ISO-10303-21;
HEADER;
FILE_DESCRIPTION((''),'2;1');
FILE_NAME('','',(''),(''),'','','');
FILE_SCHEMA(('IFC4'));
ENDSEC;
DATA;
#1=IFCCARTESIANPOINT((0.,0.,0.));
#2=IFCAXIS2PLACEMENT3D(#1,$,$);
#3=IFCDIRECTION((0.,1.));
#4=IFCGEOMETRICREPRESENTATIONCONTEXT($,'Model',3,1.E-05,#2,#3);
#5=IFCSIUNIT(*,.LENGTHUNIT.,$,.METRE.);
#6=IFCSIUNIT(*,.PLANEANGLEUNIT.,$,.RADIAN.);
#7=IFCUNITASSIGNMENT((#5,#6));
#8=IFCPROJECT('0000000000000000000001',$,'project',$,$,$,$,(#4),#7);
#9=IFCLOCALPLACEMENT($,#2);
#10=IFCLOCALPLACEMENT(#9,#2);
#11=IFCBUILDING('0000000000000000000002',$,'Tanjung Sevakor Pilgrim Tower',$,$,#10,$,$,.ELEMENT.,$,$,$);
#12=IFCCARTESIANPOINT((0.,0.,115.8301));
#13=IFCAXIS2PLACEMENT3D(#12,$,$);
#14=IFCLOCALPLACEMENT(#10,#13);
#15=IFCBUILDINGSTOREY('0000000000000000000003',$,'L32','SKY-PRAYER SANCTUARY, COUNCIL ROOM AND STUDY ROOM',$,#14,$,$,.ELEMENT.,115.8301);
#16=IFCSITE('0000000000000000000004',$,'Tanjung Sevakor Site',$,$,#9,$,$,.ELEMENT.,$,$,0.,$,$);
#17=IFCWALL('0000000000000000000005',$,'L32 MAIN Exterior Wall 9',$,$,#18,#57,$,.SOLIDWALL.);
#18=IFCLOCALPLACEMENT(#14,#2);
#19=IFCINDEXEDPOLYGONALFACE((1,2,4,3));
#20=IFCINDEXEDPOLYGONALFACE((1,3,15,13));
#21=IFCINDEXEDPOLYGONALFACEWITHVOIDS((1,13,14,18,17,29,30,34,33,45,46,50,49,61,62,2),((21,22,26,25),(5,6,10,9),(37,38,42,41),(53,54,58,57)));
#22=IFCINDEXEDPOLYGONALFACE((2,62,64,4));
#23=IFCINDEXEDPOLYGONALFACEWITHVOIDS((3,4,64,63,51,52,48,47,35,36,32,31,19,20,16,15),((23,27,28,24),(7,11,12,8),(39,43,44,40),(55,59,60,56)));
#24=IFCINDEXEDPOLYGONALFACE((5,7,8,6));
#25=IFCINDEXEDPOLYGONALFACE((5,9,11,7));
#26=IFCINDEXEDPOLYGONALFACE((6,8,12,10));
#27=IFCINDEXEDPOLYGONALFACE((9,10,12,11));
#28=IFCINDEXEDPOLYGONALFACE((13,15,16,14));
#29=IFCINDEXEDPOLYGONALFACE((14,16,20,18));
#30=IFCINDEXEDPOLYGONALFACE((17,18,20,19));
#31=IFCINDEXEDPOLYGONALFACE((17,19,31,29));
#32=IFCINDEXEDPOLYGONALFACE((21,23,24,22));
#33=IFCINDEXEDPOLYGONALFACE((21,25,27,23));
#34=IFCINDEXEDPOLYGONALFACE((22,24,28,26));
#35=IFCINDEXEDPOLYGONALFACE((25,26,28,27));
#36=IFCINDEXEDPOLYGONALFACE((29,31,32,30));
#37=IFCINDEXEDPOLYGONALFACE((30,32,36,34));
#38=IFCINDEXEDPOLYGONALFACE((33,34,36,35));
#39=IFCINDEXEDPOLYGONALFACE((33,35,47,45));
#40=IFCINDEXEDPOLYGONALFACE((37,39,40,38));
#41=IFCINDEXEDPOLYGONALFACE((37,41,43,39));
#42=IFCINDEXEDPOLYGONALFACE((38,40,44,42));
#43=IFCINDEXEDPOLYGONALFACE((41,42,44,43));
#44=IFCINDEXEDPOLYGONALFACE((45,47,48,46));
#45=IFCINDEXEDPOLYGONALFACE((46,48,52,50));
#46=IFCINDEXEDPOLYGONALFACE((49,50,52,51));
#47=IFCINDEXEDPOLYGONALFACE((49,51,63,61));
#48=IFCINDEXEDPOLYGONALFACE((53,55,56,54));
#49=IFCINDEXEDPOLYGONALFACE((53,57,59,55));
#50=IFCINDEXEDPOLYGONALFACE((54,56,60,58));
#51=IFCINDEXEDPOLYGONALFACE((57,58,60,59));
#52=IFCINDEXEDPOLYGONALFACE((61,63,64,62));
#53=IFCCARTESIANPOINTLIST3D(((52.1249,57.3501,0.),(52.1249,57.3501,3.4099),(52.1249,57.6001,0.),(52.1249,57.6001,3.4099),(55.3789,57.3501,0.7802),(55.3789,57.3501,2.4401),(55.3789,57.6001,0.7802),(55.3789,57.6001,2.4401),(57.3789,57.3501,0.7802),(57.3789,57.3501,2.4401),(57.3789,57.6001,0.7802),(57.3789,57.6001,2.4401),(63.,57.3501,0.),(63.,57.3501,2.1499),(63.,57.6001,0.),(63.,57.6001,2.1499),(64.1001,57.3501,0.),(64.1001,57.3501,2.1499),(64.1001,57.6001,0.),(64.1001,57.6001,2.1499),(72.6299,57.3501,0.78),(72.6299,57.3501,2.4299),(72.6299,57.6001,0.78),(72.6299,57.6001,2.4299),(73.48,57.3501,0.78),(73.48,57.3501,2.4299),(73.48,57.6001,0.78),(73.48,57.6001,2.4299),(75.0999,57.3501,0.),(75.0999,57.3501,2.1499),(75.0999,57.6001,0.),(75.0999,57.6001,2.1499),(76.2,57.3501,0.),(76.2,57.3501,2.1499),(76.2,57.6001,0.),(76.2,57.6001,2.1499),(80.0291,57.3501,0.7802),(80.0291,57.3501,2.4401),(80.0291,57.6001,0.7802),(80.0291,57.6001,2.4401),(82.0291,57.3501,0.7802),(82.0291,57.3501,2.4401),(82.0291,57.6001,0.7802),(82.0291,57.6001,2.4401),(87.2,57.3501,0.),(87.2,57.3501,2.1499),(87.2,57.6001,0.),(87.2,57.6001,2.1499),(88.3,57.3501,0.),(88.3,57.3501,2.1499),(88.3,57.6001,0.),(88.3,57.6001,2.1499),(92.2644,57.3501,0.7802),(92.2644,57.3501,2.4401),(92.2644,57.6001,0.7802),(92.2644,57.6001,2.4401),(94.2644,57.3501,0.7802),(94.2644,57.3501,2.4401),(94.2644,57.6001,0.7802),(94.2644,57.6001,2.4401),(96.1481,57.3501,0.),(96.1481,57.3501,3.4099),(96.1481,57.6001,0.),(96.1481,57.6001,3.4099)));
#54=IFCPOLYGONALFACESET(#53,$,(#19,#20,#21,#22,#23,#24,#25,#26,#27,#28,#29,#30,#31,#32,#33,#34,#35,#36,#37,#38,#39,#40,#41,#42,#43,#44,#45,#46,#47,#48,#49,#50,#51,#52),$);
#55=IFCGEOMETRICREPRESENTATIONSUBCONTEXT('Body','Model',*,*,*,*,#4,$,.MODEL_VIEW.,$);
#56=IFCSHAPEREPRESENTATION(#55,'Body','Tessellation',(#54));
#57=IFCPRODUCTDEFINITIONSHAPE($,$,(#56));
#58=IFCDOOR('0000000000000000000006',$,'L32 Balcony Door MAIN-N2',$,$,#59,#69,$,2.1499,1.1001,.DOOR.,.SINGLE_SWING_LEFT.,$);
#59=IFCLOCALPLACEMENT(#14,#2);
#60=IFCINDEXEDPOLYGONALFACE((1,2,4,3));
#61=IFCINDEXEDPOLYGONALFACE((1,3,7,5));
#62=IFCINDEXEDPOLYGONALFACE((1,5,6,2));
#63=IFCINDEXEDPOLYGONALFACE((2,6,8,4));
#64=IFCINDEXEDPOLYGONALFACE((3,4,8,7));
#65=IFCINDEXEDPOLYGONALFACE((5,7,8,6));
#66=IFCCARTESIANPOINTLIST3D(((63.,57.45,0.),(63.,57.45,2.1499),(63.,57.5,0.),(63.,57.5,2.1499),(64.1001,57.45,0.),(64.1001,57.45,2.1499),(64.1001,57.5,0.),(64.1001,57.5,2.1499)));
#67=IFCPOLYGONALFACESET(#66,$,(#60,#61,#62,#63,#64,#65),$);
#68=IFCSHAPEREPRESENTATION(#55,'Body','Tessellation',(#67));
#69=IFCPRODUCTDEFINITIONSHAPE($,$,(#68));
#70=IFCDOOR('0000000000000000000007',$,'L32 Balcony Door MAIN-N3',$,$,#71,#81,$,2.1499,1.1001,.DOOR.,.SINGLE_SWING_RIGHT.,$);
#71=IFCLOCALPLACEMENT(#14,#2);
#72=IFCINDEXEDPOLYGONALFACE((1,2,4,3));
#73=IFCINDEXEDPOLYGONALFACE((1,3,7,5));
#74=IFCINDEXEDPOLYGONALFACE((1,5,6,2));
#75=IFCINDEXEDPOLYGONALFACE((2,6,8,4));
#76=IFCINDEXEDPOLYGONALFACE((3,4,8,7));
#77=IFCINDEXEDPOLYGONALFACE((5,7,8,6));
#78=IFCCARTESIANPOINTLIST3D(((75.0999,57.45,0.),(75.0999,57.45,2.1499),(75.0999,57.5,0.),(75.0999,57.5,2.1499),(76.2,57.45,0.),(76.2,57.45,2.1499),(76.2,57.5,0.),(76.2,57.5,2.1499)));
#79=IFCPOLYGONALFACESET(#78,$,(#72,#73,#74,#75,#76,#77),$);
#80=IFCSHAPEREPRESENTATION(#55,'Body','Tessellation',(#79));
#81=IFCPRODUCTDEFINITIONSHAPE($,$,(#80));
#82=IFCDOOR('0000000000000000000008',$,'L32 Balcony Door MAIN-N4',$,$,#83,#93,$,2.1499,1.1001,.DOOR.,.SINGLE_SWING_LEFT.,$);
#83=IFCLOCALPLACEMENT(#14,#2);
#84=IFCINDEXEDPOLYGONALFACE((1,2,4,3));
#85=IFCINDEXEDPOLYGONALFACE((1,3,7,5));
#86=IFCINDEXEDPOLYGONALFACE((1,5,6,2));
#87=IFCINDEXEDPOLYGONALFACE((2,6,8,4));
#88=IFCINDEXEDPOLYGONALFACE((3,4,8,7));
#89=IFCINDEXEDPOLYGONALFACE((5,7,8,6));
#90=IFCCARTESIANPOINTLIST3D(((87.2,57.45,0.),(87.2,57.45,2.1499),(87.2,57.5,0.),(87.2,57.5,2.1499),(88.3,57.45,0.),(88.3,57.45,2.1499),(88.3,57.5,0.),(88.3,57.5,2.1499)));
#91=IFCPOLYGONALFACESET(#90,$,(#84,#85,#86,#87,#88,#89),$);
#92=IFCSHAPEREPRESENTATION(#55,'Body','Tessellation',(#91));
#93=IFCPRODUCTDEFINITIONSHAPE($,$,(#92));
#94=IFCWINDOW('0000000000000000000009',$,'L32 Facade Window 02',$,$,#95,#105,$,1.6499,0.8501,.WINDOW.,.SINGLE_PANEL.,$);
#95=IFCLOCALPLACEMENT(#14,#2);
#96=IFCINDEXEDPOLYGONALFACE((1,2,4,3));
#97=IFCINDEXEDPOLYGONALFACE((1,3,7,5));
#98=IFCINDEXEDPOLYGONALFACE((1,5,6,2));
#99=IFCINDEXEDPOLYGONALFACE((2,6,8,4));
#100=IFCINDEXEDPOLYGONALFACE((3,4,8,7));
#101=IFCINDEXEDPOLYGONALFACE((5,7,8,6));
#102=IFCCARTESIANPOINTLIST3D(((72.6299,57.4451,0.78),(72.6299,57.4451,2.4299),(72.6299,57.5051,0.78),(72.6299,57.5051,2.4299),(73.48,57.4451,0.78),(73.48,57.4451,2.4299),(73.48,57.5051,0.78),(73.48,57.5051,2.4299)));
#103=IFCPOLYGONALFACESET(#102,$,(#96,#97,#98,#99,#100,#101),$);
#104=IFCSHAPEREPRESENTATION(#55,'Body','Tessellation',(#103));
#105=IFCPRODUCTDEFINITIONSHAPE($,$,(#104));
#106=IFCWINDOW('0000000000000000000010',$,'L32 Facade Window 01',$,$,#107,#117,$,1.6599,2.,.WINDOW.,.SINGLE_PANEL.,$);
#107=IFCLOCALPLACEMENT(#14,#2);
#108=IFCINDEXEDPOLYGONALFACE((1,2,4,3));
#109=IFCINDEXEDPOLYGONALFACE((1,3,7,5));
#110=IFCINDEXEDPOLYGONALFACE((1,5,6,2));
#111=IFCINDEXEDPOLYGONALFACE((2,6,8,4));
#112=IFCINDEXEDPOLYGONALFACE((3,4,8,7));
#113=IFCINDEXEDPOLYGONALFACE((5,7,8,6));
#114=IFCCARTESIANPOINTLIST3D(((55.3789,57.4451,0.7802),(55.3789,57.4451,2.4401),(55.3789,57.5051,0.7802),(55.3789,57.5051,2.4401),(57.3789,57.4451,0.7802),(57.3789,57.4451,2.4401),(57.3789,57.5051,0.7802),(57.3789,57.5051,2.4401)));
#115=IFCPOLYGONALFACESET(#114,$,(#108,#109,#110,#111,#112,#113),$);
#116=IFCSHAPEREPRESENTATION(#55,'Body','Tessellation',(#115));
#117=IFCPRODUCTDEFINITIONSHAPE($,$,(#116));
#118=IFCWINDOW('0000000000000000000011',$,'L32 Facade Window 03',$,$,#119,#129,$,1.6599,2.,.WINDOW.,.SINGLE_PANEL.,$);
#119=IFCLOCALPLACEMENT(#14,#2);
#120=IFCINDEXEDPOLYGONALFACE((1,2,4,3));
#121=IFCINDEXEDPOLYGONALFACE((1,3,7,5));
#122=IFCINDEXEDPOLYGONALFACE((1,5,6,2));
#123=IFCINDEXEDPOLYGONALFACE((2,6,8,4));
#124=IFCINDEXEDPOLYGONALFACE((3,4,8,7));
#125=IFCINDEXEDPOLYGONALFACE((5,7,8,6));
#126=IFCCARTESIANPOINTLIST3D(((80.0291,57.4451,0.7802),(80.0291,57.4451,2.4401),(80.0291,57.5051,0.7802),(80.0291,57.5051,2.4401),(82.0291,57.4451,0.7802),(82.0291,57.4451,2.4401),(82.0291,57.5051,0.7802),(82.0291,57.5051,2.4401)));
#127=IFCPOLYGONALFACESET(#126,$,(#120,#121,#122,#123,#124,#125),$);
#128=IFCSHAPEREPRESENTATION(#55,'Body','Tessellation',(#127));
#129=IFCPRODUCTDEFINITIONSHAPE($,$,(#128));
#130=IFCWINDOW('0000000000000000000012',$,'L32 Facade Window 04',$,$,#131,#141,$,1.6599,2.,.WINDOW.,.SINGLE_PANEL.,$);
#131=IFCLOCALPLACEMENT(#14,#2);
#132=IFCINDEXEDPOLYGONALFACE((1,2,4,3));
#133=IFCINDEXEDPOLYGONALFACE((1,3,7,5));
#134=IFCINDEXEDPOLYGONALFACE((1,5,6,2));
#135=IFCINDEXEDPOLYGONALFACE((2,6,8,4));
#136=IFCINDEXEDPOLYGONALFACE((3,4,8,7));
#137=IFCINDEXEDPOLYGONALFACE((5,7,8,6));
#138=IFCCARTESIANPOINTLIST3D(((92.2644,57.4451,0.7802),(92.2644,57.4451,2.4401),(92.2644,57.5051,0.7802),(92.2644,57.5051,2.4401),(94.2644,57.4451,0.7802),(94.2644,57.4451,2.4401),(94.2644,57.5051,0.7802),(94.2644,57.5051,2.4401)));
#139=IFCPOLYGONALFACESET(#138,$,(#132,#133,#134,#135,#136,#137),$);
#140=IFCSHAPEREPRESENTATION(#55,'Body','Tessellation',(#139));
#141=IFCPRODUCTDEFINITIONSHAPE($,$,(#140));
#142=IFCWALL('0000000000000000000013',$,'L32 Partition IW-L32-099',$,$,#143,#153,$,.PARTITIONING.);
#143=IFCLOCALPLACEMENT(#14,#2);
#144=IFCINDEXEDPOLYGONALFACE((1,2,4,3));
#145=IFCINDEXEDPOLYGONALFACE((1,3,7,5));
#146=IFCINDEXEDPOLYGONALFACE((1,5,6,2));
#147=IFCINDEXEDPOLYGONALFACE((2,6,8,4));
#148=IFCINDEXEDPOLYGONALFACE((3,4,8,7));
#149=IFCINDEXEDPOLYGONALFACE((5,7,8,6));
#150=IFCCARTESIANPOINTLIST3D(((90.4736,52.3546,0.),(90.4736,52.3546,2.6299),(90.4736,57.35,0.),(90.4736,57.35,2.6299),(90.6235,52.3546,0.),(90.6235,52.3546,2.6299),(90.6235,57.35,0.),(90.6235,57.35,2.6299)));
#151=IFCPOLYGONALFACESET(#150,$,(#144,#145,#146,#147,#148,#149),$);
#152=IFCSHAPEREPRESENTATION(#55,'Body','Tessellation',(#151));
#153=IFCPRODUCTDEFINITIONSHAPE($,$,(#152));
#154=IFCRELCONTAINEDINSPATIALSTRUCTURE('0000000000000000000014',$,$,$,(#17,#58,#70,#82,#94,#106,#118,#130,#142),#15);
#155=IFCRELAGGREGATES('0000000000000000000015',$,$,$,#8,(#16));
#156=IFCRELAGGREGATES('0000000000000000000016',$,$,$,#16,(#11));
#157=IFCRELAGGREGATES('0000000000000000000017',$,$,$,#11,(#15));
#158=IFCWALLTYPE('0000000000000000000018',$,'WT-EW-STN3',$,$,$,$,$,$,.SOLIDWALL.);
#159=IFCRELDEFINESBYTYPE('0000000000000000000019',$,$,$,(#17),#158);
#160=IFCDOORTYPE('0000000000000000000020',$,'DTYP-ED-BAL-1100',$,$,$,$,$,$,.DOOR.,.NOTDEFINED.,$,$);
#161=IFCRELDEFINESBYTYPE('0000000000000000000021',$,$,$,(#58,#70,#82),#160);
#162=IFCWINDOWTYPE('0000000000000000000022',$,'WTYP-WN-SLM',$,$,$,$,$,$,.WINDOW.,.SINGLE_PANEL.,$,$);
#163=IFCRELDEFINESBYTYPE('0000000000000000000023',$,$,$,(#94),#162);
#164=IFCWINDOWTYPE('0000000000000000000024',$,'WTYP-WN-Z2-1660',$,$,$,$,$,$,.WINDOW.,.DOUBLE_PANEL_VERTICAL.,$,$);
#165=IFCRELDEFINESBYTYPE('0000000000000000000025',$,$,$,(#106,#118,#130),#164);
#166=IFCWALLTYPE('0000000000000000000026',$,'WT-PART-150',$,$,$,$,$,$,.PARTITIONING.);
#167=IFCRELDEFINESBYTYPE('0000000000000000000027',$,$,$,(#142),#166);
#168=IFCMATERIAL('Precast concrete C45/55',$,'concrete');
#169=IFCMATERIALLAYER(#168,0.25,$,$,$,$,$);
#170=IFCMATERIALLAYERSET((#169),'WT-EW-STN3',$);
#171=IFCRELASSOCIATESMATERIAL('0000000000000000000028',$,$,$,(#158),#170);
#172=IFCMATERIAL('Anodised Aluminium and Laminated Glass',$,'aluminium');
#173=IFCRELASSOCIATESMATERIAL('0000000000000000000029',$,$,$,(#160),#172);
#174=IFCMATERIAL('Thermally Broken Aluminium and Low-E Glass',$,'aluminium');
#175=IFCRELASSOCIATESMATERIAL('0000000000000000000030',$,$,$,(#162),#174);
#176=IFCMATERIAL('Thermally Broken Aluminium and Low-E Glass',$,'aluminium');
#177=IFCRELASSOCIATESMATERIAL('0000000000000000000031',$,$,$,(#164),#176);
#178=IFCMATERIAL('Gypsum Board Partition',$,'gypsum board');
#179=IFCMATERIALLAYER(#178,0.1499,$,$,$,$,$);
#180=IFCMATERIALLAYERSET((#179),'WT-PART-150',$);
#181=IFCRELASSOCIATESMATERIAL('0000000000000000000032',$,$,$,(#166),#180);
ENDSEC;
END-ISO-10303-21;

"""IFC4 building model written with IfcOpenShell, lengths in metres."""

from ifc_helpers import new_model, si_unit, direction, frame, frame_2d, origin, place, context, subcontext, project, spatial, rectangle, extrude, material, layer, layer_set, type_object, element, fill, save


model = new_model("IFC4")

# Units and contexts
model_context = context("Model", 3, precision=1e-05, world=origin(), true_north=direction((0.0, 1.0)))
body_context = subcontext(model_context, "Body", "Model", "MODEL_VIEW")
ifc_project = project(units=[si_unit("LENGTHUNIT", "METRE"), si_unit("PLANEANGLEUNIT", "RADIAN")], contexts=[model_context])

# Site, building, storey
site_placement = place(None, origin())
site = spatial("IfcSite", under=ifc_project, at=site_placement, Name="Tanjung Sevakor Site", CompositionType="ELEMENT", RefElevation=0.0)
building_placement = place(site_placement, origin())
building = spatial("IfcBuilding", under=site, at=building_placement, Name="Tanjung Sevakor Pilgrim Tower", CompositionType="ELEMENT")
storey_placement = place(building_placement, frame((0.0, 0.0, 115.8301)))
storey = spatial("IfcBuildingStorey", under=building, at=storey_placement, Name="L32", Description="SKY-PRAYER SANCTUARY, COUNCIL ROOM AND STUDY ROOM", CompositionType="ELEMENT", Elevation=115.8301)

# Shared definitions
ifc_material_1 = material(Name="Precast concrete C45/55", Category="concrete")
ifc_layer_1 = layer(ifc_material_1, 0.25)
ifc_layer_set_1 = layer_set([ifc_layer_1], Name="WT-EW-STN3")
wall_type_1 = type_object("IfcWallType", Name="WT-EW-STN3", PredefinedType="SOLIDWALL", material=ifc_layer_set_1)

# Wall, openings, doors, windows
wall_1_placement = place(storey_placement, frame((96.1482, 57.4751, 0.0), z_axis=(0.0, 0.0, 1.0), x_axis=(-1.0, 0.0, 0.0)))
wall_1 = element("IfcWall", 1, at=wall_1_placement, inside=storey, type_object=wall_type_1, Name="L32 MAIN Exterior Wall 9", PredefinedType="SOLIDWALL", context=body_context, shape_type="SweptSolid", body=[
    extrude(rectangle(XDim=44.0232, YDim=0.25, at=frame_2d((22.0117, 0.0))), origin(), (0.0, 0.0, 1.0), 3.4099),
])
opening_1_placement = place(wall_1_placement, frame((32.0481, 0.0, 0.0)))
opening_1 = element("IfcOpeningElement", 2, at=opening_1_placement, cuts=wall_1, PredefinedType="OPENING", context=body_context, shape_type="SweptSolid", body=[
    extrude(rectangle(XDim=1.1001, YDim=2.1499, at=frame_2d((0.55, 1.075))), frame((0.0, 0.135, 0.0), z_axis=(0.0, -1.0, 0.0), x_axis=(1.0, 0.0, 0.0)), (0.0, 0.0, 1.0), 0.27),
])
opening_2_placement = place(wall_1_placement, frame((19.9482, 0.0, 0.0)))
opening_2 = element("IfcOpeningElement", 3, at=opening_2_placement, cuts=wall_1, PredefinedType="OPENING", context=body_context, shape_type="SweptSolid", body=[
    extrude(rectangle(XDim=1.1001, YDim=2.1499, at=frame_2d((0.55, 1.075))), frame((0.0, 0.135, 0.0), z_axis=(0.0, -1.0, 0.0), x_axis=(1.0, 0.0, 0.0)), (0.0, 0.0, 1.0), 0.27),
])
opening_3_placement = place(wall_1_placement, frame((7.8481, 0.0, 0.0)))
opening_3 = element("IfcOpeningElement", 4, at=opening_3_placement, cuts=wall_1, PredefinedType="OPENING", context=body_context, shape_type="SweptSolid", body=[
    extrude(rectangle(XDim=1.1001, YDim=2.1499, at=frame_2d((0.55, 1.075))), frame((0.0, 0.135, 0.0), z_axis=(0.0, -1.0, 0.0), x_axis=(1.0, 0.0, 0.0)), (0.0, 0.0, 1.0), 0.27),
])
opening_4_placement = place(wall_1_placement, frame((38.7693, 0.0, 0.78)))
opening_4 = element("IfcOpeningElement", 5, at=opening_4_placement, cuts=wall_1, PredefinedType="OPENING", context=body_context, shape_type="SweptSolid", body=[
    extrude(rectangle(XDim=2.0, YDim=1.6599, at=frame_2d((1.0, 0.8301))), frame((0.0, 0.135, 0.0), z_axis=(0.0, -1.0, 0.0), x_axis=(1.0, 0.0, 0.0)), (0.0, 0.0, 1.0), 0.27),
])
opening_5_placement = place(wall_1_placement, frame((22.6682, 0.0, 0.78)))
opening_5 = element("IfcOpeningElement", 6, at=opening_5_placement, cuts=wall_1, PredefinedType="OPENING", context=body_context, shape_type="SweptSolid", body=[
    extrude(rectangle(XDim=0.8501, YDim=1.6499, at=frame_2d((0.425, 0.825))), frame((0.0, 0.135, 0.0), z_axis=(0.0, -1.0, 0.0), x_axis=(1.0, 0.0, 0.0)), (0.0, 0.0, 1.0), 0.27),
])
opening_6_placement = place(wall_1_placement, frame((14.1191, 0.0, 0.78)))
opening_6 = element("IfcOpeningElement", 7, at=opening_6_placement, cuts=wall_1, PredefinedType="OPENING", context=body_context, shape_type="SweptSolid", body=[
    extrude(rectangle(XDim=2.0, YDim=1.6599, at=frame_2d((1.0, 0.8301))), frame((0.0, 0.135, 0.0), z_axis=(0.0, -1.0, 0.0), x_axis=(1.0, 0.0, 0.0)), (0.0, 0.0, 1.0), 0.27),
])
opening_7_placement = place(wall_1_placement, frame((1.8838, 0.0, 0.78)))
opening_7 = element("IfcOpeningElement", 8, at=opening_7_placement, cuts=wall_1, PredefinedType="OPENING", context=body_context, shape_type="SweptSolid", body=[
    extrude(rectangle(XDim=2.0, YDim=1.6599, at=frame_2d((1.0, 0.8301))), frame((0.0, 0.135, 0.0), z_axis=(0.0, -1.0, 0.0), x_axis=(1.0, 0.0, 0.0)), (0.0, 0.0, 1.0), 0.27),
])
ifc_material_2 = material(Name="Anodised Aluminium and Laminated Glass", Category="aluminium")
door_type = type_object("IfcDoorType", Name="DTYP-ED-BAL-1100", OperationType="NOTDEFINED", PredefinedType="DOOR", material=ifc_material_2)
door_1_placement = place(opening_1_placement, frame((1.1001, 0.0, 0.0), z_axis=(0.0, 0.0, 1.0), x_axis=(-1.0, 0.0, 0.0)))
door_1 = element("IfcDoor", 9, at=door_1_placement, inside=storey, type_object=door_type, Name="L32 Balcony Door MAIN-N2", OperationType="SINGLE_SWING_LEFT", OverallHeight=2.1499, OverallWidth=1.1001, PredefinedType="DOOR", context=body_context, shape_type="SweptSolid", body=[
    extrude(rectangle(XDim=1.1001, YDim=2.1499, at=frame_2d((0.55, 1.075))), frame((0.0, 0.0249, 0.0), z_axis=(0.0, -1.0, 0.0), x_axis=(1.0, 0.0, 0.0)), (0.0, 0.0, 1.0), 0.05),
])
fill(opening_1, door_1)
door_2_placement = place(opening_2_placement, frame((1.1001, 0.0, 0.0), z_axis=(0.0, 0.0, 1.0), x_axis=(-1.0, 0.0, 0.0)))
door_2 = element("IfcDoor", 10, at=door_2_placement, inside=storey, type_object=door_type, Name="L32 Balcony Door MAIN-N3", OperationType="SINGLE_SWING_RIGHT", OverallHeight=2.1499, OverallWidth=1.1001, PredefinedType="DOOR", context=body_context, shape_type="SweptSolid", body=[
    extrude(rectangle(XDim=1.1001, YDim=2.1499, at=frame_2d((0.55, 1.075))), frame((0.0, 0.0249, 0.0), z_axis=(0.0, -1.0, 0.0), x_axis=(1.0, 0.0, 0.0)), (0.0, 0.0, 1.0), 0.05),
])
fill(opening_2, door_2)
door_3_placement = place(opening_3_placement, frame((1.1001, 0.0, 0.0), z_axis=(0.0, 0.0, 1.0), x_axis=(-1.0, 0.0, 0.0)))
door_3 = element("IfcDoor", 11, at=door_3_placement, inside=storey, type_object=door_type, Name="L32 Balcony Door MAIN-N4", OperationType="SINGLE_SWING_LEFT", OverallHeight=2.1499, OverallWidth=1.1001, PredefinedType="DOOR", context=body_context, shape_type="SweptSolid", body=[
    extrude(rectangle(XDim=1.1001, YDim=2.1499, at=frame_2d((0.55, 1.075))), frame((0.0, 0.0249, 0.0), z_axis=(0.0, -1.0, 0.0), x_axis=(1.0, 0.0, 0.0)), (0.0, 0.0, 1.0), 0.05),
])
fill(opening_3, door_3)
ifc_material_3 = material(Name="Thermally Broken Aluminium and Low-E Glass", Category="aluminium")
window_type_1 = type_object("IfcWindowType", Name="WTYP-WN-SLM", PartitioningType="SINGLE_PANEL", PredefinedType="WINDOW", material=ifc_material_3)
window_1_placement = place(opening_5_placement, origin())
window_1 = element("IfcWindow", 12, at=window_1_placement, inside=storey, type_object=window_type_1, Name="L32 Facade Window 02", OverallHeight=1.6499, OverallWidth=0.8501, PartitioningType="SINGLE_PANEL", PredefinedType="WINDOW", context=body_context, shape_type="SweptSolid", body=[
    extrude(rectangle(XDim=0.8501, YDim=1.6499, at=frame_2d((0.425, 0.825))), frame((0.0, 0.03, 0.0), z_axis=(0.0, -1.0, 0.0), x_axis=(1.0, 0.0, 0.0)), (0.0, 0.0, 1.0), 0.0601),
])
fill(opening_5, window_1)
ifc_material_4 = material(Name="Thermally Broken Aluminium and Low-E Glass", Category="aluminium")
window_type_2 = type_object("IfcWindowType", Name="WTYP-WN-Z2-1660", PartitioningType="DOUBLE_PANEL_VERTICAL", PredefinedType="WINDOW", material=ifc_material_4)
window_2_placement = place(opening_4_placement, origin())
window_2 = element("IfcWindow", 13, at=window_2_placement, inside=storey, type_object=window_type_2, Name="L32 Facade Window 01", OverallHeight=1.6599, OverallWidth=2.0, PartitioningType="SINGLE_PANEL", PredefinedType="WINDOW", context=body_context, shape_type="SweptSolid", body=[
    extrude(rectangle(XDim=2.0, YDim=1.6599, at=frame_2d((1.0, 0.8301))), frame((0.0, 0.03, 0.0), z_axis=(0.0, -1.0, 0.0), x_axis=(1.0, 0.0, 0.0)), (0.0, 0.0, 1.0), 0.0601),
])
fill(opening_4, window_2)
window_3_placement = place(opening_6_placement, origin())
window_3 = element("IfcWindow", 14, at=window_3_placement, inside=storey, type_object=window_type_2, Name="L32 Facade Window 03", OverallHeight=1.6599, OverallWidth=2.0, PartitioningType="SINGLE_PANEL", PredefinedType="WINDOW", context=body_context, shape_type="SweptSolid", body=[
    extrude(rectangle(XDim=2.0, YDim=1.6599, at=frame_2d((1.0, 0.8301))), frame((0.0, 0.03, 0.0), z_axis=(0.0, -1.0, 0.0), x_axis=(1.0, 0.0, 0.0)), (0.0, 0.0, 1.0), 0.0601),
])
fill(opening_6, window_3)
window_4_placement = place(opening_7_placement, origin())
window_4 = element("IfcWindow", 15, at=window_4_placement, inside=storey, type_object=window_type_2, Name="L32 Facade Window 04", OverallHeight=1.6599, OverallWidth=2.0, PartitioningType="SINGLE_PANEL", PredefinedType="WINDOW", context=body_context, shape_type="SweptSolid", body=[
    extrude(rectangle(XDim=2.0, YDim=1.6599, at=frame_2d((1.0, 0.8301))), frame((0.0, 0.03, 0.0), z_axis=(0.0, -1.0, 0.0), x_axis=(1.0, 0.0, 0.0)), (0.0, 0.0, 1.0), 0.0601),
])
fill(opening_7, window_4)

# Wall
ifc_material_5 = material(Name="Gypsum Board Partition", Category="gypsum board")
ifc_layer_2 = layer(ifc_material_5, 0.1499)
ifc_layer_set_2 = layer_set([ifc_layer_2], Name="WT-PART-150")
wall_type_2 = type_object("IfcWallType", Name="WT-PART-150", PredefinedType="PARTITIONING", material=ifc_layer_set_2)
wall_2_placement = place(storey_placement, frame((90.5486, 52.3547, 0.0), z_axis=(0.0, 0.0, 1.0), x_axis=(0.0, 1.0, 0.0)))
element("IfcWall", 16, at=wall_2_placement, inside=storey, type_object=wall_type_2, Name="L32 Partition IW-L32-099", PredefinedType="PARTITIONING", context=body_context, shape_type="SweptSolid", body=[
    extrude(rectangle(XDim=4.9954, YDim=0.1499, at=frame_2d((2.4976, 0.0))), origin(), (0.0, 0.0, 1.0), 2.6299),
])

save(model, "model.ifc")
